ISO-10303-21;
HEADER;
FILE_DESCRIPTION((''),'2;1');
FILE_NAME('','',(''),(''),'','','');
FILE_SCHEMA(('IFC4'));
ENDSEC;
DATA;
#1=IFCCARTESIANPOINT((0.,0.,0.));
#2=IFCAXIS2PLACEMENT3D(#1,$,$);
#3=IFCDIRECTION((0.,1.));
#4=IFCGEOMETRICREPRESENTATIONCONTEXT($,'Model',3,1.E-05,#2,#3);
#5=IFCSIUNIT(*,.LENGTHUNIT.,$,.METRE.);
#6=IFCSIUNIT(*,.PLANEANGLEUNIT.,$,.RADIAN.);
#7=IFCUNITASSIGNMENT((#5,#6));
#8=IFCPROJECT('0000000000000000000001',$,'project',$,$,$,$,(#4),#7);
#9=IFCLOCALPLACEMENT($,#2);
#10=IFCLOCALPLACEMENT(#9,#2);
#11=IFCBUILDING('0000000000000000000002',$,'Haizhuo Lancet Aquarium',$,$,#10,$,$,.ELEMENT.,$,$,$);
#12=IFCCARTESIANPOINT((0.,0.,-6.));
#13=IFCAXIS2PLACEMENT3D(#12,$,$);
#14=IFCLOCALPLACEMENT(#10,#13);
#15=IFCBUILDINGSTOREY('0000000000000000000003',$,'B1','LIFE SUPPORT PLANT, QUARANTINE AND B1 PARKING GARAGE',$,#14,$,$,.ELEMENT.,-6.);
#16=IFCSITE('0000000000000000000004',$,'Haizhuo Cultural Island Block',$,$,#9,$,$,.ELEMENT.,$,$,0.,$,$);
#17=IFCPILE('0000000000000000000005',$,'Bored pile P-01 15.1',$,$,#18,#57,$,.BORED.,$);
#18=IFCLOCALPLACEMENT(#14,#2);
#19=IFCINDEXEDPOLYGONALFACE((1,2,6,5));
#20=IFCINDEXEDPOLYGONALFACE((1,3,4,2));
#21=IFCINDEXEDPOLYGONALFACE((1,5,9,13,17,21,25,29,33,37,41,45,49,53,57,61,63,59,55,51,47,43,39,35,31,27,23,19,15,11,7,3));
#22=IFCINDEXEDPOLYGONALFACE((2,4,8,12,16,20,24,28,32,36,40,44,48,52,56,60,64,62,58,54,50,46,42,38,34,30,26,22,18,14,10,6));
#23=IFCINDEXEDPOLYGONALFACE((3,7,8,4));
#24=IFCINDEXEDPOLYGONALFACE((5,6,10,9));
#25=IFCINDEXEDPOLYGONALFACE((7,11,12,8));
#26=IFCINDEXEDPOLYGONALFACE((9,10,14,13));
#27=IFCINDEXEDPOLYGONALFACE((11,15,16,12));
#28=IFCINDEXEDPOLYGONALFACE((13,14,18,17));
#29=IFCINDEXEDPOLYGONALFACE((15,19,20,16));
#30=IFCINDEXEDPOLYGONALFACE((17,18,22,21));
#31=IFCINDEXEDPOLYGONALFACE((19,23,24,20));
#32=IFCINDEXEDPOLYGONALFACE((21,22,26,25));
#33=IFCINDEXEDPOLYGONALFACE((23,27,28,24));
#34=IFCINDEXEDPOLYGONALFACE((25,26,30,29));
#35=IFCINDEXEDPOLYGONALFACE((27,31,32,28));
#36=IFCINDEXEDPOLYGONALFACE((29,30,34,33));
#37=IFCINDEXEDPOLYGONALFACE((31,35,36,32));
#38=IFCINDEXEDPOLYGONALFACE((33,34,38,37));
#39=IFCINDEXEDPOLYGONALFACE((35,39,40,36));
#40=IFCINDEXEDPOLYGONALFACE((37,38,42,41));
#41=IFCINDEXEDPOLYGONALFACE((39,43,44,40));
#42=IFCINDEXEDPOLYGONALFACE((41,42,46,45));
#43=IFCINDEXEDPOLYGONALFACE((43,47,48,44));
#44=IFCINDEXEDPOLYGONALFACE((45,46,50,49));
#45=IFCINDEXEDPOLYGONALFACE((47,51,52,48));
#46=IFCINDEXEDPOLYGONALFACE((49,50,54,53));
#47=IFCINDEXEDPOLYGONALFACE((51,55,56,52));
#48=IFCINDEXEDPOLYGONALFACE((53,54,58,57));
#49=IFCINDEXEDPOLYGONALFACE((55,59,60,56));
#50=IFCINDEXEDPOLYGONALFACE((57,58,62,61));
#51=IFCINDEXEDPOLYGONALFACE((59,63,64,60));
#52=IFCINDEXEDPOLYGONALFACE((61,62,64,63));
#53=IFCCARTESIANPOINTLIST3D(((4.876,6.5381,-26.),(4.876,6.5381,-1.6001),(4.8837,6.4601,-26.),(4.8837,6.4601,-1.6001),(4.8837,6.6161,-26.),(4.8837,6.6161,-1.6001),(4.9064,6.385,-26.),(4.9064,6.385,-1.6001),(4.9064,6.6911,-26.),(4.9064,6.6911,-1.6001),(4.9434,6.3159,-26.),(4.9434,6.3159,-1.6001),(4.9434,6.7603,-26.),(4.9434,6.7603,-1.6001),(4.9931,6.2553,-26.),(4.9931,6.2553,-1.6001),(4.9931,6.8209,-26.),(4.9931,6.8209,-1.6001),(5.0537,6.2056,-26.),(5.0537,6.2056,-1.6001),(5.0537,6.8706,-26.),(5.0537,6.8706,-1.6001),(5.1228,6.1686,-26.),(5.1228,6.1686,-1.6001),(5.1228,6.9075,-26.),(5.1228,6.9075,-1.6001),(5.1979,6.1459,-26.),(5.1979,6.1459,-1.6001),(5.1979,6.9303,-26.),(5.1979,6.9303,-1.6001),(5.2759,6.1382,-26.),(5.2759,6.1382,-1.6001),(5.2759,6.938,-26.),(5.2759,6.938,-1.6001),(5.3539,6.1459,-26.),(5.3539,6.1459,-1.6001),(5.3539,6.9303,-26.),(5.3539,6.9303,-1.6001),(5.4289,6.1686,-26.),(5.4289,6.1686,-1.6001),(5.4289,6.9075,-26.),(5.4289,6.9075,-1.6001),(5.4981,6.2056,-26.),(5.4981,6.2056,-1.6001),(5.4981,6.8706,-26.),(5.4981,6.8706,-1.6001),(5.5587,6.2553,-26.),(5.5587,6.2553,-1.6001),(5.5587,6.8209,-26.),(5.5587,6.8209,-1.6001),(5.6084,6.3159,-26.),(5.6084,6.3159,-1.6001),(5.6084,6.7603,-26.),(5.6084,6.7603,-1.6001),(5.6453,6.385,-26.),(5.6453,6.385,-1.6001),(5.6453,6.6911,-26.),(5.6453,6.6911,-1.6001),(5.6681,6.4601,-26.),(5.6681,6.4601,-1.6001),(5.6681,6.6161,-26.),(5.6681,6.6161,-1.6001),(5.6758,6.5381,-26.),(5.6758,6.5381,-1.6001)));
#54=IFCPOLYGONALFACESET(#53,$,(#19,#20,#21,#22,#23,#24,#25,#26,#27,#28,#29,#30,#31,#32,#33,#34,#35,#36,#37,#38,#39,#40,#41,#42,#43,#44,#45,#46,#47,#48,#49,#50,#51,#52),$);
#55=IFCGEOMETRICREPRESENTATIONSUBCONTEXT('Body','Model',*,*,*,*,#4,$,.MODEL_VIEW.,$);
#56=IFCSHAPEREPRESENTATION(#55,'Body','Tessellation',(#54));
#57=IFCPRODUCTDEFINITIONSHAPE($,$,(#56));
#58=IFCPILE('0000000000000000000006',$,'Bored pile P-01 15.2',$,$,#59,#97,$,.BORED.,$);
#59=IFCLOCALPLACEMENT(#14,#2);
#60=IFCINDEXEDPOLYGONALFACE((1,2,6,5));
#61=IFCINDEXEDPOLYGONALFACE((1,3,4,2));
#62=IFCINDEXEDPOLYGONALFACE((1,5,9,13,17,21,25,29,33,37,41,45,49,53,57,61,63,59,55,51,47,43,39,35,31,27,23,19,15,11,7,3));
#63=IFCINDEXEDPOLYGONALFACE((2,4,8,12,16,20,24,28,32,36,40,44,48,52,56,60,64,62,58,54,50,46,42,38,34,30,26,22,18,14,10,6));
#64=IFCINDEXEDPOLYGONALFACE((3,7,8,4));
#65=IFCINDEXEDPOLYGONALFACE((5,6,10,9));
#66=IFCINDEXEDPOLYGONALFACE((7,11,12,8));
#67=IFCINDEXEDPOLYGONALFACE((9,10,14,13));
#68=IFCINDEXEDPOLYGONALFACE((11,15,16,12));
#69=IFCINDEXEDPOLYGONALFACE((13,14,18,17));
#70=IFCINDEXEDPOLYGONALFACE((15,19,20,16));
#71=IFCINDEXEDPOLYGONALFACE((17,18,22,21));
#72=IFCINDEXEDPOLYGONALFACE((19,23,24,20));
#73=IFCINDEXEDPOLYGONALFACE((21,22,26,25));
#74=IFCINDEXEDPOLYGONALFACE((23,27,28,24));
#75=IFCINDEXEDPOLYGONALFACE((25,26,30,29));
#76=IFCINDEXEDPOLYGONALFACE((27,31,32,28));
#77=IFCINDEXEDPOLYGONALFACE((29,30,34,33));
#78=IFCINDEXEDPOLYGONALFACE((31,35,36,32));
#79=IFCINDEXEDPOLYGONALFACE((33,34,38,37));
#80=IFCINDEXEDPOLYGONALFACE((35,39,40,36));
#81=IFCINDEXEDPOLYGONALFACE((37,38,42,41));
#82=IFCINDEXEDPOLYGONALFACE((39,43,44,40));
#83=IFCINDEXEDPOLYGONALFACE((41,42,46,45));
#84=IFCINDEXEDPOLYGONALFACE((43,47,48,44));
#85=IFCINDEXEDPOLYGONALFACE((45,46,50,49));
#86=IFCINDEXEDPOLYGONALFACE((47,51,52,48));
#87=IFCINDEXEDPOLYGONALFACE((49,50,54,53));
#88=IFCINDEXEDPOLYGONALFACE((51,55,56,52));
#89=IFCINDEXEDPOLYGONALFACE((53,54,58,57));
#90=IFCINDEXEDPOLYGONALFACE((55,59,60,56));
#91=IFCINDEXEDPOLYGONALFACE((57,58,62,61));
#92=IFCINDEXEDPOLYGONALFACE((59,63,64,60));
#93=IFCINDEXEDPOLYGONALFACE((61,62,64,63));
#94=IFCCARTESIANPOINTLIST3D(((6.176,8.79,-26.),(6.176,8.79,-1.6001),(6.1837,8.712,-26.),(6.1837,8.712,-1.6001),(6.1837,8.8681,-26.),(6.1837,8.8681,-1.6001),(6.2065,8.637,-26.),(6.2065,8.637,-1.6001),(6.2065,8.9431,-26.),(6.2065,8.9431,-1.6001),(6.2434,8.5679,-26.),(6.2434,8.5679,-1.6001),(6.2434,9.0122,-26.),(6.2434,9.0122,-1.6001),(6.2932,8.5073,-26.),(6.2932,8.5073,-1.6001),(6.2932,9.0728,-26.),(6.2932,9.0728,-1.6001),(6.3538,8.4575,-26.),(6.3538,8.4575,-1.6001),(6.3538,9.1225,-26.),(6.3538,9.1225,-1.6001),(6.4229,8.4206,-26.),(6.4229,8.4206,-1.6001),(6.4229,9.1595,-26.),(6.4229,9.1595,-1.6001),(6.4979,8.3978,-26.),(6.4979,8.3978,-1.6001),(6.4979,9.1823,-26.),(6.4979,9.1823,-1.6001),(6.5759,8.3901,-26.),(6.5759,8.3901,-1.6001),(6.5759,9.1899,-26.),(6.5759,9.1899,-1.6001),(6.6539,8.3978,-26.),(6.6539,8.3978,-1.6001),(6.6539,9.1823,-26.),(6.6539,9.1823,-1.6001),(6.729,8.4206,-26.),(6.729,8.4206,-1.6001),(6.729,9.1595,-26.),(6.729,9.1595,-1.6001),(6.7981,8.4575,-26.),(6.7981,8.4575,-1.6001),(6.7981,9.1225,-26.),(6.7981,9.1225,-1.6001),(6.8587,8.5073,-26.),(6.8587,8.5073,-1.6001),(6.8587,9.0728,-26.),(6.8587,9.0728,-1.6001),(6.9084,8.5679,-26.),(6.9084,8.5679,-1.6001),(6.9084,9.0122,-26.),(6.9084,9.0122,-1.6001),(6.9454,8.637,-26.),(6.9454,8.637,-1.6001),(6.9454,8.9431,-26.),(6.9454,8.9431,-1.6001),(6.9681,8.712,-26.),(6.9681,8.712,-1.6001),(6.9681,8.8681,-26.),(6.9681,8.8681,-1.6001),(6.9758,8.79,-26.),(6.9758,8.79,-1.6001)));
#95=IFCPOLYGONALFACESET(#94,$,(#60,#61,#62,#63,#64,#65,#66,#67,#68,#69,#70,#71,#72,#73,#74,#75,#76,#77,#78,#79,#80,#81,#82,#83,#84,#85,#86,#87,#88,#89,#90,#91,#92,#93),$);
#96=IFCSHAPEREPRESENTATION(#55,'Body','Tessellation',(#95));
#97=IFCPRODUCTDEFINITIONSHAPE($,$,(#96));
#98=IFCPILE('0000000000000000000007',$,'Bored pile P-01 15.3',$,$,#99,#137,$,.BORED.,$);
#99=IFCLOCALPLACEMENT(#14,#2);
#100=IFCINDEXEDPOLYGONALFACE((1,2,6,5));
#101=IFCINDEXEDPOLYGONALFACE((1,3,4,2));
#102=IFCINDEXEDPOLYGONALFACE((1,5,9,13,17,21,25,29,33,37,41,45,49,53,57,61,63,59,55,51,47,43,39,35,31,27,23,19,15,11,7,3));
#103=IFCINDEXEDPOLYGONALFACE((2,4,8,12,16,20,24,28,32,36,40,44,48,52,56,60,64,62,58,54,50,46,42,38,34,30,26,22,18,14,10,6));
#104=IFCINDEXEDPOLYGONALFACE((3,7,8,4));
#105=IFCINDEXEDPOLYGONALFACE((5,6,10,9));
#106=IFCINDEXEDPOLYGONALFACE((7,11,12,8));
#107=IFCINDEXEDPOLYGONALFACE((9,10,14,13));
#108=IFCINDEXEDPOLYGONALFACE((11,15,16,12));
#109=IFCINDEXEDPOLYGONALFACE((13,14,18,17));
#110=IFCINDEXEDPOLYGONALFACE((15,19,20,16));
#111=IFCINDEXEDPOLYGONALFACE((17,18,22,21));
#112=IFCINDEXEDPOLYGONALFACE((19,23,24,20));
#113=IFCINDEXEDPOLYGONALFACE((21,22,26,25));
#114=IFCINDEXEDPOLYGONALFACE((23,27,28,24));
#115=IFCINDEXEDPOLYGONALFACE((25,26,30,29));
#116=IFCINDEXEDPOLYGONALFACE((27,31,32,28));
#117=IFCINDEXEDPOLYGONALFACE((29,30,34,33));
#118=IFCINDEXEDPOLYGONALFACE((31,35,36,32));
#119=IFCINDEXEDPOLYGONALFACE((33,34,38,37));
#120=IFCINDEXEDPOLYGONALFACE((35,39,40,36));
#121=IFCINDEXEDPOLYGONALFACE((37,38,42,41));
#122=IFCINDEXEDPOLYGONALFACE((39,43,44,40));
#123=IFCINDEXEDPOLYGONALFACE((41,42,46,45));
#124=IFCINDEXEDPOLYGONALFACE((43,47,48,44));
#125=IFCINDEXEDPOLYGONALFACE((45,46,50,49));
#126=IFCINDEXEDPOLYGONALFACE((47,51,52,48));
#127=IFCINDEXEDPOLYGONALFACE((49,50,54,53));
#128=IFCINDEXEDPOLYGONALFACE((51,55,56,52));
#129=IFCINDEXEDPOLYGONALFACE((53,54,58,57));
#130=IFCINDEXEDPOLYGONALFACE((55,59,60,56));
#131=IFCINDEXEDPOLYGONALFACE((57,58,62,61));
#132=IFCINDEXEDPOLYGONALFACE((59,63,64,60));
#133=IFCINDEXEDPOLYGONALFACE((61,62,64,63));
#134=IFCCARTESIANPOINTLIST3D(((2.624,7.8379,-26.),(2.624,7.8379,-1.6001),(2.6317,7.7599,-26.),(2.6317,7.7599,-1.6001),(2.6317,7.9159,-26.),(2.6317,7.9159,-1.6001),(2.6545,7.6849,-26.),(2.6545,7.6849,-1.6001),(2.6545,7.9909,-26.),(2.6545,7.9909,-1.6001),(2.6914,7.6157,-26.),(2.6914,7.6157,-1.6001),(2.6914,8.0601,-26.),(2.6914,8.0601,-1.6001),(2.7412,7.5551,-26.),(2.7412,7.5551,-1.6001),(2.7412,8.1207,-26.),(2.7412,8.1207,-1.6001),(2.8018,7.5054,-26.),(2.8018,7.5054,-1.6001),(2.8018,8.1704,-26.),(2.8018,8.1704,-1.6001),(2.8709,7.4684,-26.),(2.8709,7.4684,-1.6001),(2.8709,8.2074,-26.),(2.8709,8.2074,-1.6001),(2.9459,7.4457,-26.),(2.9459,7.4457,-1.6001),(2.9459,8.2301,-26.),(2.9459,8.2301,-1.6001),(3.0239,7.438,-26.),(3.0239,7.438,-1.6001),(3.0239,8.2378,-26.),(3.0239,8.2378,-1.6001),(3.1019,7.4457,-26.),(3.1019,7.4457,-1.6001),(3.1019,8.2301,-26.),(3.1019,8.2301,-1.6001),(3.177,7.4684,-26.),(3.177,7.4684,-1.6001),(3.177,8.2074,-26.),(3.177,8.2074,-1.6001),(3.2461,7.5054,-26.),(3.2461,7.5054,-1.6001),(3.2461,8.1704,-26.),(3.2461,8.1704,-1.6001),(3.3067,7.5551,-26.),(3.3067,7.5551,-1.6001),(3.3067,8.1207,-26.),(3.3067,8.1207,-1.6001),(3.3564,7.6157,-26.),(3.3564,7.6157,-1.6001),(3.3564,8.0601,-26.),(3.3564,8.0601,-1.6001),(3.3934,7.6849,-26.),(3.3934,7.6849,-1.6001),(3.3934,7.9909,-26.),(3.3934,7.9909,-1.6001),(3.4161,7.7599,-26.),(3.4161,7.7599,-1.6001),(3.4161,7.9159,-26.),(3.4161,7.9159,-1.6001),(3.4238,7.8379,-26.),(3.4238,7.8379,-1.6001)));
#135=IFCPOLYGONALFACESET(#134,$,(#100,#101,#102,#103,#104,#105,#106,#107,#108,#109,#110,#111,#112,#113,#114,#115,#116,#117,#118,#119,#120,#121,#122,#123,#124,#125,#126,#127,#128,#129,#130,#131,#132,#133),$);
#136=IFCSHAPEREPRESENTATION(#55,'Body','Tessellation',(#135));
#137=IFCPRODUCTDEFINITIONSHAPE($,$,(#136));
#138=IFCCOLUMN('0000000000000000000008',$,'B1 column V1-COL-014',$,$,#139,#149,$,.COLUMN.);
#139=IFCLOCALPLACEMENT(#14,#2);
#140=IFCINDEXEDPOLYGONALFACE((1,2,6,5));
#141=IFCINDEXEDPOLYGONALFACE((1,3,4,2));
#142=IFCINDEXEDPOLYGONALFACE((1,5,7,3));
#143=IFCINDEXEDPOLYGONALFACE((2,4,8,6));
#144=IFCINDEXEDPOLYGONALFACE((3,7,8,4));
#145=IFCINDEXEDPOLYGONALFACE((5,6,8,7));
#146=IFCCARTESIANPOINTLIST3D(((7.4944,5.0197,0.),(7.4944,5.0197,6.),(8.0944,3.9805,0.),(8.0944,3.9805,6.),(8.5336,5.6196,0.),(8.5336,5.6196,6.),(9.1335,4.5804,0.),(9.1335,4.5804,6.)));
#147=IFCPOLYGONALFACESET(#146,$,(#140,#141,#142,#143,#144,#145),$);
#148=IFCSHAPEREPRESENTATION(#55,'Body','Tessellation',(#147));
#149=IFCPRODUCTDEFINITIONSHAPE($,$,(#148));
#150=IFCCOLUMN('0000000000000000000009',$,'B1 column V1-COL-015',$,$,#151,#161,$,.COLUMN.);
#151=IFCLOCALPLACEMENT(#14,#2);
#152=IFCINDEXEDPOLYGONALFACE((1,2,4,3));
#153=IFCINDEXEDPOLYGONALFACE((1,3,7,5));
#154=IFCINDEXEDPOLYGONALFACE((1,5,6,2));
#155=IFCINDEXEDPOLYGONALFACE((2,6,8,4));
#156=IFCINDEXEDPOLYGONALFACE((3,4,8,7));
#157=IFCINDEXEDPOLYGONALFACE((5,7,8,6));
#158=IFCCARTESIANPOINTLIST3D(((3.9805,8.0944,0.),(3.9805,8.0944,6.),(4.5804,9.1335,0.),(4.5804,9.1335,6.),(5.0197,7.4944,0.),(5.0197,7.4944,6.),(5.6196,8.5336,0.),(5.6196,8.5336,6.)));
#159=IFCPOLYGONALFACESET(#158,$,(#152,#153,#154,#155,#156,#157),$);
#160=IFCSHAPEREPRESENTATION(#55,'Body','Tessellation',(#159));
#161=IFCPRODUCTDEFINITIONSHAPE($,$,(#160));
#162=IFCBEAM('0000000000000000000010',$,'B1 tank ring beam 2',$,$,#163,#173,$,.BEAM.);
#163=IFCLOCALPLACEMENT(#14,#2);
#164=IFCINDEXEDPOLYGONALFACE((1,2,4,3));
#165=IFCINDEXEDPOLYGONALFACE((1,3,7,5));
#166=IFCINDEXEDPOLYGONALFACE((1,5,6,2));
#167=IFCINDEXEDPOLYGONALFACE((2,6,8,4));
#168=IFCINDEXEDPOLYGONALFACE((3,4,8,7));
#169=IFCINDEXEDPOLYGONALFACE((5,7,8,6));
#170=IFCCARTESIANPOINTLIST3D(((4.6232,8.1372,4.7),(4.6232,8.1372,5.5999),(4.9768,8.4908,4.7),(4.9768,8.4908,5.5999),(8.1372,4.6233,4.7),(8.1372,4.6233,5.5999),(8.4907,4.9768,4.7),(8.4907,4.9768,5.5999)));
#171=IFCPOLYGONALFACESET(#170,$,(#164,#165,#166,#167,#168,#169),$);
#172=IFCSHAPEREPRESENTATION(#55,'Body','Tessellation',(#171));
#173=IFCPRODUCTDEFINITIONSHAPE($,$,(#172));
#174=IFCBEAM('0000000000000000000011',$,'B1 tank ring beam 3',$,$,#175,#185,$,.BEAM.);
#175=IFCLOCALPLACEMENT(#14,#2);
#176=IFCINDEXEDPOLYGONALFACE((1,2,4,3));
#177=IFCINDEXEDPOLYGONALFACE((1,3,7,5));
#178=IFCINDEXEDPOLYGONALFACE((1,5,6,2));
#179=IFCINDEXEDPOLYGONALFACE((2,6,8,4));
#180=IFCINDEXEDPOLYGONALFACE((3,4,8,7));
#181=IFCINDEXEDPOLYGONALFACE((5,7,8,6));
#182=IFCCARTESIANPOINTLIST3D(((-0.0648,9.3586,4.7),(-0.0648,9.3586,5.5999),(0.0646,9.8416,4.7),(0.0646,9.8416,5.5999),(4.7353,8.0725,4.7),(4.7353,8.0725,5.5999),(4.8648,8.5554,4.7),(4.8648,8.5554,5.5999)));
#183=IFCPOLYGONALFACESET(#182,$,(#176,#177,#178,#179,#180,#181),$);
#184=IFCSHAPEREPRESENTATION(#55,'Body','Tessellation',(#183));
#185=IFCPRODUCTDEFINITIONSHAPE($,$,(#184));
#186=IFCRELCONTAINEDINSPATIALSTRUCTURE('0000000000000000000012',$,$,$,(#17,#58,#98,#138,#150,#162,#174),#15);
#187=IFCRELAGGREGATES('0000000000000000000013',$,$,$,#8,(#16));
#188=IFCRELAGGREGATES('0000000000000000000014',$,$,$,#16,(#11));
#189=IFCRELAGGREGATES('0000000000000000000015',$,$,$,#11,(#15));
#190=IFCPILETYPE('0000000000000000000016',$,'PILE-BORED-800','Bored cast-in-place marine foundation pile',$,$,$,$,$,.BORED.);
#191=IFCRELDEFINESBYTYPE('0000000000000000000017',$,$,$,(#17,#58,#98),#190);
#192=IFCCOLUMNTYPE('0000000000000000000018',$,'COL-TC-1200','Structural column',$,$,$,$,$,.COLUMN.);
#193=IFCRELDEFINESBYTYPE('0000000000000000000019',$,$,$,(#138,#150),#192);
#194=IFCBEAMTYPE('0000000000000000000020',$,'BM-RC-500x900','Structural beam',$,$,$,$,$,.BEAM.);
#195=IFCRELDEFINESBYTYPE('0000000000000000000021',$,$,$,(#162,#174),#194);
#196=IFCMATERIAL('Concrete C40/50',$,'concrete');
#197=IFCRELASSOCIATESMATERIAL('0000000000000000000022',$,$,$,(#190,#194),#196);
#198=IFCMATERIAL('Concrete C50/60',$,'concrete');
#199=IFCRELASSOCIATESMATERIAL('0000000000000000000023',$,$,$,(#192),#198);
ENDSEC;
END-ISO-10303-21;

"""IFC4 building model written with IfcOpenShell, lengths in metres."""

from ifc_helpers import new_model, si_unit, direction, frame, origin, origin_2d, place, context, subcontext, project, spatial, rectangle, circle, extrude, material, material_profile, profile_set, type_object, element, save


model = new_model("IFC4")

# Units and contexts
model_context = context("Model", 3, precision=1e-05, world=origin(), true_north=direction((0.0, 1.0)))
body_context = subcontext(model_context, "Body", "Model", "MODEL_VIEW")
ifc_project = project(units=[si_unit("LENGTHUNIT", "METRE"), si_unit("PLANEANGLEUNIT", "RADIAN")], contexts=[model_context])

# Site, building, storey
site_placement = place(None, origin())
site = spatial("IfcSite", under=ifc_project, at=site_placement, Name="Haizhuo Cultural Island Block", CompositionType="ELEMENT", RefElevation=0.0)
building_placement = place(site_placement, origin())
building = spatial("IfcBuilding", under=site, at=building_placement, Name="Haizhuo Lancet Aquarium", CompositionType="ELEMENT")
storey_placement = place(building_placement, frame((0.0, 0.0, -6.0)))
storey = spatial("IfcBuildingStorey", under=building, at=storey_placement, Name="B1", Description="LIFE SUPPORT PLANT, QUARANTINE AND B1 PARKING GARAGE", CompositionType="ELEMENT", Elevation=-6.0)

# Shared definitions
ifc_material_1 = material(Name="Concrete C40/50", Category="concrete")

# Piles
ifc_material_profile_1 = material_profile(ifc_material_1, circle(Radius=0.3999, at=origin_2d()), Name="PILE-800")
ifc_profile_set_1 = profile_set([ifc_material_profile_1], Name="Concrete C40/50")
pile_type = type_object("IfcPileType", Name="PILE-BORED-800", Description="Bored cast-in-place marine foundation pile", PredefinedType="BORED", material=ifc_profile_set_1)
for number, where, z_axis, x_axis, name in (
    (1, (5.2759, 6.5381, -1.6001), (0.0, 0.0, -1.0), (1.0, 0.0, 0.0), "Bored pile P-01 15.1"),
    (2, (6.5759, 8.79, -1.6001), (0.0, 0.0, -1.0), (1.0, 0.0, 0.0), "Bored pile P-01 15.2"),
    (3, (3.0239, 7.8379, -1.6001), (0.0, 0.0, -1.0), (1.0, 0.0, 0.0), "Bored pile P-01 15.3"),
):
    element("IfcPile", number, at=place(storey_placement, frame(where, z_axis=z_axis, x_axis=x_axis)), inside=storey, type_object=pile_type, Name=name, PredefinedType="BORED", context=body_context, shape_type="SweptSolid", body=[
        extrude(circle(Radius=0.3999, at=origin_2d()), origin(), (0.0, 0.0, 1.0), 24.3999),
    ])

# Columns
ifc_material_2 = material(Name="Concrete C50/60", Category="concrete")
ifc_material_profile_2 = material_profile(ifc_material_2, rectangle(XDim=1.2, YDim=1.2, at=origin_2d()), Name="RC-COL 1200x1200")
ifc_profile_set_2 = profile_set([ifc_material_profile_2], Name="Concrete C50/60")
column_type = type_object("IfcColumnType", Name="COL-TC-1200", Description="Structural column", PredefinedType="COLUMN", material=ifc_profile_set_2)
for number, where, z_axis, x_axis, name in (
    (4, (8.314, 4.8, 0.0), (0.0, 0.0, 1.0), (0.866025, 0.5, 0.0), "B1 column V1-COL-014"),
    (5, (4.8, 8.314, 0.0), (0.0, 0.0, 1.0), (0.5, 0.866025, 0.0), "B1 column V1-COL-015"),
):
    element("IfcColumn", number, at=place(storey_placement, frame(where, z_axis=z_axis, x_axis=x_axis)), inside=storey, type_object=column_type, Name=name, PredefinedType="COLUMN", context=body_context, shape_type="SweptSolid", body=[
        extrude(rectangle(XDim=1.2, YDim=1.2, at=origin_2d()), origin(), (0.0, 0.0, 1.0), 6.0),
    ])

# Beams
ifc_material_profile_3 = material_profile(ifc_material_1, rectangle(XDim=0.5, YDim=0.8999, at=origin_2d()), Name="RC-BM 500x900")
ifc_profile_set_3 = profile_set([ifc_material_profile_3], Name="Concrete C40/50")
beam_type_1 = type_object("IfcBeamType", Name="BM-RC-500x900", Description="Structural beam", PredefinedType="BEAM", material=ifc_profile_set_3)
for number, where, z_axis, x_axis, name in (
    (6, (8.314, 4.8, 5.1499), (-0.707107, 0.707107, 0.0), (-0.707107, -0.707107, 0.0), "B1 tank ring beam 2"),
    (7, (4.8, 8.314, 5.1499), (-0.965928, 0.258812, 0.0), (-0.258812, -0.965928, 0.0), "B1 tank ring beam 3"),
):
    element("IfcBeam", number, at=place(storey_placement, frame(where, z_axis=z_axis, x_axis=x_axis)), inside=storey, type_object=beam_type_1, Name=name, PredefinedType="BEAM", context=body_context, shape_type="SweptSolid", body=[
        extrude(rectangle(XDim=0.5, YDim=0.8999, at=origin_2d()), origin(), (0.0, 0.0, 1.0), 4.9695),
    ])

save(model, "model.ifc")
